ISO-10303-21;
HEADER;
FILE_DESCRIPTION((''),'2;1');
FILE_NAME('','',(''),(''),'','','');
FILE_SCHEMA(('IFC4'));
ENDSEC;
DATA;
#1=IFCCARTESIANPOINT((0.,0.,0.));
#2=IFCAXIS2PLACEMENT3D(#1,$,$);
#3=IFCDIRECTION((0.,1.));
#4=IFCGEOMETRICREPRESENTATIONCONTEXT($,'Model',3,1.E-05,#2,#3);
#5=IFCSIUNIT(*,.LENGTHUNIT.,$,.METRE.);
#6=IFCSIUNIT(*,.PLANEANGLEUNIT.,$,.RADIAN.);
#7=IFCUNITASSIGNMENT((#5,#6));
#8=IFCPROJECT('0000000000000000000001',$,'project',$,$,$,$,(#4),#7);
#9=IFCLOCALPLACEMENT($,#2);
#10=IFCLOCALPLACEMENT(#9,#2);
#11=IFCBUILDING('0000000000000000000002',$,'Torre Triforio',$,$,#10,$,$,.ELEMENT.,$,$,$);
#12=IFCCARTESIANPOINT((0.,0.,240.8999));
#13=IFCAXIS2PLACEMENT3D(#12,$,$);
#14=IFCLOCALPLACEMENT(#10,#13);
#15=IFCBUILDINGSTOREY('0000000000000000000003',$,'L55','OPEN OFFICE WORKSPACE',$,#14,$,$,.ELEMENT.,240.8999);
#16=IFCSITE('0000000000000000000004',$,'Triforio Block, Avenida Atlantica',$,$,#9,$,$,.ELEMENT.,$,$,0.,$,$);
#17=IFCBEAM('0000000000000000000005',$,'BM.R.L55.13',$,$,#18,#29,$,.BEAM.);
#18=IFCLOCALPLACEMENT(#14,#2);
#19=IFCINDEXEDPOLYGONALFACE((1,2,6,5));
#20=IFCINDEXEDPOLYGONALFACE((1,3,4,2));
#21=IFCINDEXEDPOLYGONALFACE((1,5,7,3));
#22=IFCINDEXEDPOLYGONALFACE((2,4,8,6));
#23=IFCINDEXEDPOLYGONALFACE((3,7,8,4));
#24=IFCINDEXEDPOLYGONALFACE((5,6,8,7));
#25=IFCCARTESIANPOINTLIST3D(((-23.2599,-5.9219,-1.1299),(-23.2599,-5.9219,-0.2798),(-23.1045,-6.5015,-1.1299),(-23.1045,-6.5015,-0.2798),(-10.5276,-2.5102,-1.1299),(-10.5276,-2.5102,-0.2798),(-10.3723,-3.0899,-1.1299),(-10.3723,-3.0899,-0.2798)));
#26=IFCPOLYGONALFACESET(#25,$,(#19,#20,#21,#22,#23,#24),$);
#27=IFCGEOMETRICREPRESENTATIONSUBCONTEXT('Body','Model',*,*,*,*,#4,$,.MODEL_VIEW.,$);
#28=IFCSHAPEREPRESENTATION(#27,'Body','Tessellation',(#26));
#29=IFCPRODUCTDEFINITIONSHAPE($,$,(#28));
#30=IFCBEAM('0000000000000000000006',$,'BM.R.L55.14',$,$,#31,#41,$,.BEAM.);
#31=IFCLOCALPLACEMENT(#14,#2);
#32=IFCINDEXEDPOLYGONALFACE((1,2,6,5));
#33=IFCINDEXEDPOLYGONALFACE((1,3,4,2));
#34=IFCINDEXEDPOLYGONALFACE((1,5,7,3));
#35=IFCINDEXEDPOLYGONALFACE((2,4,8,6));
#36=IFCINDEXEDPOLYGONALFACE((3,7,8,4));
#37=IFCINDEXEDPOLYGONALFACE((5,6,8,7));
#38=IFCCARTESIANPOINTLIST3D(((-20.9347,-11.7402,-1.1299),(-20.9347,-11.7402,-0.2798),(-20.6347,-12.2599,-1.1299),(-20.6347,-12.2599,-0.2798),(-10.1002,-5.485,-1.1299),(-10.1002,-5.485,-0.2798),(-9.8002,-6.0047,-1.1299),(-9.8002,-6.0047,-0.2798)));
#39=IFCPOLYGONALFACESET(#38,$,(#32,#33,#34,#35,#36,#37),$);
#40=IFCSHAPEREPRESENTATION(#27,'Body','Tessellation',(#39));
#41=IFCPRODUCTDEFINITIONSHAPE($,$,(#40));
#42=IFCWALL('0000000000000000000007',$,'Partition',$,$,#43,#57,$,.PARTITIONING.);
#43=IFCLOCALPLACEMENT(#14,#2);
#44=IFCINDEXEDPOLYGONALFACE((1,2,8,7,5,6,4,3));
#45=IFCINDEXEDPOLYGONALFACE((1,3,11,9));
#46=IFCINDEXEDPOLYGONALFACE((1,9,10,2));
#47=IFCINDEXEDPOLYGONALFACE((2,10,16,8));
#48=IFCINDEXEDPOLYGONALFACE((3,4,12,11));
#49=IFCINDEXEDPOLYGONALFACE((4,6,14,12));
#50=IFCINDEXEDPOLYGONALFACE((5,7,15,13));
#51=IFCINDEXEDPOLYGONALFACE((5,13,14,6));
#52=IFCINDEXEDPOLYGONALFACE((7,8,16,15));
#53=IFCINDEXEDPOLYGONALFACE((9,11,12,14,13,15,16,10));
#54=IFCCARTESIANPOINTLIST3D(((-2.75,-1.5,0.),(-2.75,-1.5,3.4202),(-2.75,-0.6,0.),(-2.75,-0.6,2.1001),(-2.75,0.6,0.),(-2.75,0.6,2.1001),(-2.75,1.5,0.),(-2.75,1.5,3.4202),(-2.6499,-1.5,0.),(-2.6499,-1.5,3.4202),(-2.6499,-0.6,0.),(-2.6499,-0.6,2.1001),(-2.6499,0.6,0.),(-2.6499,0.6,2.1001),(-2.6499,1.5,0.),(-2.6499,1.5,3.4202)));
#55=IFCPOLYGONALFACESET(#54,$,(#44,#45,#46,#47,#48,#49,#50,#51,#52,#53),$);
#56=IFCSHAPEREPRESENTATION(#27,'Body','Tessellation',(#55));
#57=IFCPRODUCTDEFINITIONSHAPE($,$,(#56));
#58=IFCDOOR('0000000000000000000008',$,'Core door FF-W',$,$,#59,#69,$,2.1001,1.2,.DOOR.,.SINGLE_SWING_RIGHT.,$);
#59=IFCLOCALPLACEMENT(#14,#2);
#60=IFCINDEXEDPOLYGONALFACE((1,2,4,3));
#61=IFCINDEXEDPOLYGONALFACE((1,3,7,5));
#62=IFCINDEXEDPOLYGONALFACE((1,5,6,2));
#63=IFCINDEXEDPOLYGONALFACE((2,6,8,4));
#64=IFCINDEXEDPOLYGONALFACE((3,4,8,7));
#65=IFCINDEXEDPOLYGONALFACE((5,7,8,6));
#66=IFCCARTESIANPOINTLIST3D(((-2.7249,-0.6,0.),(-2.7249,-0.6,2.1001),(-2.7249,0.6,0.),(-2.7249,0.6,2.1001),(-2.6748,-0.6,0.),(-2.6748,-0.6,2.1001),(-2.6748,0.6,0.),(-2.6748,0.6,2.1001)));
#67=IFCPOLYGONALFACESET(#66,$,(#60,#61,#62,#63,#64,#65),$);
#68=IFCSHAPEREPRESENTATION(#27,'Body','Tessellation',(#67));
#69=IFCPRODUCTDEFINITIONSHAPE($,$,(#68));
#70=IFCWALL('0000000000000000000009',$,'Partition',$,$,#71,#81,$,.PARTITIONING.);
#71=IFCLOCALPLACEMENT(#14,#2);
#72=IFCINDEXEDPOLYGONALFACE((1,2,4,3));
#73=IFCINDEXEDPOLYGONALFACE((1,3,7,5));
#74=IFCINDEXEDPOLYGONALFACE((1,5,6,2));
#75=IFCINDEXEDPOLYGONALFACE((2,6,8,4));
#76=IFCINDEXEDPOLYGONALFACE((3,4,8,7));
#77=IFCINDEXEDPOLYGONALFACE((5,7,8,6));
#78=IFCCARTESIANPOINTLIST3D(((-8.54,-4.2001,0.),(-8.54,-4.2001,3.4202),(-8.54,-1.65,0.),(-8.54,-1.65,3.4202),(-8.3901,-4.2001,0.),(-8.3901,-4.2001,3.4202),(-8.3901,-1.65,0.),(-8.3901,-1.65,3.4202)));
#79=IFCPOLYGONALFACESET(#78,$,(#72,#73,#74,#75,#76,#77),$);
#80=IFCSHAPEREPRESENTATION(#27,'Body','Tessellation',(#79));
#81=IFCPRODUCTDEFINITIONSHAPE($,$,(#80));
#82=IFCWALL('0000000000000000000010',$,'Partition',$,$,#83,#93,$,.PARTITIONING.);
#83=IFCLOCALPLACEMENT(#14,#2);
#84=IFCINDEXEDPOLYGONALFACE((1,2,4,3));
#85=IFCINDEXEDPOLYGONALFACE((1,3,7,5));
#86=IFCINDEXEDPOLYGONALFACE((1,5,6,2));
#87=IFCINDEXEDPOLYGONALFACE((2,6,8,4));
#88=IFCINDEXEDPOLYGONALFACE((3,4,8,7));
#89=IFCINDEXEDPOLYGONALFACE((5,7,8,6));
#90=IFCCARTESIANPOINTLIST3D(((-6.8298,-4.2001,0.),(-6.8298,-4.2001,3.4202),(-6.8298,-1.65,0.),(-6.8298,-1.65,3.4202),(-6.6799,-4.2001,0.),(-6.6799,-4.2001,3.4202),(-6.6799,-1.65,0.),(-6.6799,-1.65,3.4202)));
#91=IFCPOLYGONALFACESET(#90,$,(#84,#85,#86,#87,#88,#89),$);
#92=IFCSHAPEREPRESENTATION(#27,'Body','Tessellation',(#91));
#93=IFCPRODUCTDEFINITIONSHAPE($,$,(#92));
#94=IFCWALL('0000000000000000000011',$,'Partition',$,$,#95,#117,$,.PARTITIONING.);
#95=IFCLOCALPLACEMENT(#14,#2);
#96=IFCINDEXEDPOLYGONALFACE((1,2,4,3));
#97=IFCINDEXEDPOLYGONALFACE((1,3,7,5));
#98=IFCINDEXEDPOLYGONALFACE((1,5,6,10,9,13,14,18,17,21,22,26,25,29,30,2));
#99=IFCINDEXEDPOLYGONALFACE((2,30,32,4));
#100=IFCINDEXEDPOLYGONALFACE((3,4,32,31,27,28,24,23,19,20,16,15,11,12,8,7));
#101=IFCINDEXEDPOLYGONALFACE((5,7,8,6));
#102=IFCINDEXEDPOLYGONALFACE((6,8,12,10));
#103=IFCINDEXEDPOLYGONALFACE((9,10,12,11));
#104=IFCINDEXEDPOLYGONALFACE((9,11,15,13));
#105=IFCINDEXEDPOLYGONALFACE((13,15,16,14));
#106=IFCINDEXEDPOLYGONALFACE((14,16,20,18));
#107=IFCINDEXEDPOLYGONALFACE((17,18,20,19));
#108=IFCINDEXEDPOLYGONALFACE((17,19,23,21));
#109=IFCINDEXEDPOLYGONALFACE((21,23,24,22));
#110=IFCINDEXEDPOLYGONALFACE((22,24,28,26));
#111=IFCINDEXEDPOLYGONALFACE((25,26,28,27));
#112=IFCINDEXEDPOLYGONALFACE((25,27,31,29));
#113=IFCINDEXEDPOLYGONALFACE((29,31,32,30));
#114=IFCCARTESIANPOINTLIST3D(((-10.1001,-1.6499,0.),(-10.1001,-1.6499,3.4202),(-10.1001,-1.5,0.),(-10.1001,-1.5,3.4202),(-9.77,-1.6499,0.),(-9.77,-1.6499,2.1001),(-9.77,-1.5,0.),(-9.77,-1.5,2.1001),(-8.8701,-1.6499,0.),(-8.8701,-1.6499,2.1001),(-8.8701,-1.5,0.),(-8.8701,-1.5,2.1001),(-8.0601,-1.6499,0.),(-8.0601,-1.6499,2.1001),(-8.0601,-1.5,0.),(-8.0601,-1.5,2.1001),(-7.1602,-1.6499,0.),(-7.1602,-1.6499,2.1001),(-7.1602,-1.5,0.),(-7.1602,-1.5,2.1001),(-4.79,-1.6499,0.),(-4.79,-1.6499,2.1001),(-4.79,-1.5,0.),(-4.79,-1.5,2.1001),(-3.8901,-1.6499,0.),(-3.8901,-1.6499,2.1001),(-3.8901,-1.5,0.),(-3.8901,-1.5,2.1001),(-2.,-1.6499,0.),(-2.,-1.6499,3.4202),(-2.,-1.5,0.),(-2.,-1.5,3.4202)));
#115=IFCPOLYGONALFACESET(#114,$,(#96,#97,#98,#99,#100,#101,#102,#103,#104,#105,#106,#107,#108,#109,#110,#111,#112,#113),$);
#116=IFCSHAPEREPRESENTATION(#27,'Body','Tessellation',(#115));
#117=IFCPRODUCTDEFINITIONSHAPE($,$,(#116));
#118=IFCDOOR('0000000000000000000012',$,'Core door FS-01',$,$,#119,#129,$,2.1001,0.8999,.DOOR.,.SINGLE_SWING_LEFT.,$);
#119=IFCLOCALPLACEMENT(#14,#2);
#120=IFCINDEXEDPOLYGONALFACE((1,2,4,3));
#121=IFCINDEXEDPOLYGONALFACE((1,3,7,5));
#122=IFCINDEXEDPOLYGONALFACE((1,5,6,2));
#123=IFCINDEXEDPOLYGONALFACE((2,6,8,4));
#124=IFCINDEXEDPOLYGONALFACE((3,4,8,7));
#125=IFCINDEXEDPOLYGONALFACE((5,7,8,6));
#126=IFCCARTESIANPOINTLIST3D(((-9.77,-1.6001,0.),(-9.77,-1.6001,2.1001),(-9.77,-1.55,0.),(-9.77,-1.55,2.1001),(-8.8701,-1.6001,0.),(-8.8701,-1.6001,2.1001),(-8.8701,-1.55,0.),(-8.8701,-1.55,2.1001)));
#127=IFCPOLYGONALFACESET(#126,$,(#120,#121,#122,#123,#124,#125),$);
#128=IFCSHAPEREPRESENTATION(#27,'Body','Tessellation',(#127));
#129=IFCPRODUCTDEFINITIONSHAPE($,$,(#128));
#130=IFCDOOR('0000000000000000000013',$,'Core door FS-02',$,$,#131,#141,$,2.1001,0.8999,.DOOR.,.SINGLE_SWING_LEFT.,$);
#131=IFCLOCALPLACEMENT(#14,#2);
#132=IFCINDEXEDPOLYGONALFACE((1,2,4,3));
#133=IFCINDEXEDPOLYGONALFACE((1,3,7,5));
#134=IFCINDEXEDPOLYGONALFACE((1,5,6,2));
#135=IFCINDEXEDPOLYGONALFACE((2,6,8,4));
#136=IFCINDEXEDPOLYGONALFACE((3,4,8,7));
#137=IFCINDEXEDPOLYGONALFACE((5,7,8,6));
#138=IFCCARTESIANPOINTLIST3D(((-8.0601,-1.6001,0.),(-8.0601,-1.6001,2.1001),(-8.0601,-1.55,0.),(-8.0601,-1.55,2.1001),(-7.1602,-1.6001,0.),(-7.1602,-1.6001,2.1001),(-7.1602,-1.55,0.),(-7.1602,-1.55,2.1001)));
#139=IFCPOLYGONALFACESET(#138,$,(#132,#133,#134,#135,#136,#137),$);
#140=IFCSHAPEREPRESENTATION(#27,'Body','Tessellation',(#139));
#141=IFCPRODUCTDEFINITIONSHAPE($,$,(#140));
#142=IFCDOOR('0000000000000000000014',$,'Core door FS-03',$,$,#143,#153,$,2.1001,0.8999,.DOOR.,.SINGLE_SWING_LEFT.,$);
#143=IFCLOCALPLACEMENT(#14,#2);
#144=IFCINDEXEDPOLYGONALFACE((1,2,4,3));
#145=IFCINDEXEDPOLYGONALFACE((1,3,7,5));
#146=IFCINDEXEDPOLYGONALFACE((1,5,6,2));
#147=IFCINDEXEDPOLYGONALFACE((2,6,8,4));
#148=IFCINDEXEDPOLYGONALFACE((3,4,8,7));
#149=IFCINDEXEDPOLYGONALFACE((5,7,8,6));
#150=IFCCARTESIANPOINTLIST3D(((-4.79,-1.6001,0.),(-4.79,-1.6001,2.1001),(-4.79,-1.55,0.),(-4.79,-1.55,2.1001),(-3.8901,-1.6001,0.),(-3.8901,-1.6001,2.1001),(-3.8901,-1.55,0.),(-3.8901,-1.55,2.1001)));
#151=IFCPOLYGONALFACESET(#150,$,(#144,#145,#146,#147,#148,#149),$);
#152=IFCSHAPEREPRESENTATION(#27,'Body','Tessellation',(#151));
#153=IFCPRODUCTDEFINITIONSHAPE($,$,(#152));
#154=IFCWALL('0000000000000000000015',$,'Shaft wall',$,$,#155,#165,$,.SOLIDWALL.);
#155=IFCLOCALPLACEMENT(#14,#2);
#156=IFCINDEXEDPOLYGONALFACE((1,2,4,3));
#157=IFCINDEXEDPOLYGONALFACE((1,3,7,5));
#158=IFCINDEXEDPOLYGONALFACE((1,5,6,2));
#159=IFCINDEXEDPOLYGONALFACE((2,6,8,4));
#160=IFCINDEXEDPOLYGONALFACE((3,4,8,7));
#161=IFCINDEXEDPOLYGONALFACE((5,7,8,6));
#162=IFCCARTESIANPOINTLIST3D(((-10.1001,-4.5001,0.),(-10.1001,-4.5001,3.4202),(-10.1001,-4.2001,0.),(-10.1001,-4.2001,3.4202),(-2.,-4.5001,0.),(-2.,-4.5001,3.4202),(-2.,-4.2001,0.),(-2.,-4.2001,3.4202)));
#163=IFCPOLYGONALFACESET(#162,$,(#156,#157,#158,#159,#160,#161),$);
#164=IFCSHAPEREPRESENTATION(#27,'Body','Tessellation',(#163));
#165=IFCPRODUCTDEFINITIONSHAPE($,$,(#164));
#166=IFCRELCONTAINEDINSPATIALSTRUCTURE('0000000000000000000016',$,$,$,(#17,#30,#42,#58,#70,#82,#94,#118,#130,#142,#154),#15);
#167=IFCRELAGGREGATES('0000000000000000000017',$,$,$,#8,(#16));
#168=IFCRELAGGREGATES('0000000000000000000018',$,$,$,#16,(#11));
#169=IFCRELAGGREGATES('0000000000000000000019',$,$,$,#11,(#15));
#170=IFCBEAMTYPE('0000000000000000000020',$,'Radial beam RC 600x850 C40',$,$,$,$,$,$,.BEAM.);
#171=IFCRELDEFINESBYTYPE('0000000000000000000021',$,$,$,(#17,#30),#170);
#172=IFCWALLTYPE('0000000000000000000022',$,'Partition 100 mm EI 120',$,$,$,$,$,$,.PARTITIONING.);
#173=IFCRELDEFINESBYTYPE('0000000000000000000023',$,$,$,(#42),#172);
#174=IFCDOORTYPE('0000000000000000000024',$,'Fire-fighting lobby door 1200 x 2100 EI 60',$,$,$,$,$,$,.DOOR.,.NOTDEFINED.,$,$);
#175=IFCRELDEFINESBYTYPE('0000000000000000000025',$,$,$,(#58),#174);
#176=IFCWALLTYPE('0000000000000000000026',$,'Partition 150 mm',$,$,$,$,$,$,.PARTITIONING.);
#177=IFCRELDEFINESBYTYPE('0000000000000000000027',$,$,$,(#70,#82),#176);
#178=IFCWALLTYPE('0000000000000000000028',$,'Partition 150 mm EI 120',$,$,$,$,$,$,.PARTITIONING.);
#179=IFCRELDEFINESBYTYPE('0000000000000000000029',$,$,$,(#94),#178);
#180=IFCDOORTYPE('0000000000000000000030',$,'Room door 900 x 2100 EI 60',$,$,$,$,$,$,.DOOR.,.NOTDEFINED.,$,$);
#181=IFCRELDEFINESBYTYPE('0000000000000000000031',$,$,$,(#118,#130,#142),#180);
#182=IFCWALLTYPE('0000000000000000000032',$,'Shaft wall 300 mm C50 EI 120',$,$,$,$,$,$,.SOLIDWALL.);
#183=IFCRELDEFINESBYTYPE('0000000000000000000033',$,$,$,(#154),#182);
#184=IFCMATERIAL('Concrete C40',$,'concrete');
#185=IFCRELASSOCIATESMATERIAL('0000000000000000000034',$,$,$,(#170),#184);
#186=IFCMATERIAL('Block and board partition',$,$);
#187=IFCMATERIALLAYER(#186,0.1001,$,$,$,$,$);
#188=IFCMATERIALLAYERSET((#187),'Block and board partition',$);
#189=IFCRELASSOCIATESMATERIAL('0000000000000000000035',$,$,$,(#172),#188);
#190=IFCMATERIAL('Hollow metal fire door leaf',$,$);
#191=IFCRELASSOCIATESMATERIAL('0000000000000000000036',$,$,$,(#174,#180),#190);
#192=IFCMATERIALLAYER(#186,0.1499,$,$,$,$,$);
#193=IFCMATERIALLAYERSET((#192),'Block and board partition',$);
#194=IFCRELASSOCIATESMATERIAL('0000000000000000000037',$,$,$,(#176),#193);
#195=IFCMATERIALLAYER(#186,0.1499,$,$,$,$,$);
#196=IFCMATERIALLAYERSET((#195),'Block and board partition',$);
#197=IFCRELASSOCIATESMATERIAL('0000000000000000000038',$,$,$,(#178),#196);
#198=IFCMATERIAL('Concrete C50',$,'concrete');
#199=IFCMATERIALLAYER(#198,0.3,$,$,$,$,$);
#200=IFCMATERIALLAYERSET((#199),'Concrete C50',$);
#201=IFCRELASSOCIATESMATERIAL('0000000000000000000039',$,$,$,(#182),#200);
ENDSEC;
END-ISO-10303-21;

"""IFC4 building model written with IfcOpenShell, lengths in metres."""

from ifc_helpers import new_model, si_unit, direction, frame, frame_2d, origin, origin_2d, place, context, subcontext, project, spatial, rectangle, extrude, material, layer, layer_set, material_profile, profile_set, type_object, element, fill, save


model = new_model("IFC4")

# Units and contexts
model_context = context("Model", 3, precision=1e-05, world=origin(), true_north=direction((0.0, 1.0)))
body_context = subcontext(model_context, "Body", "Model", "MODEL_VIEW")
ifc_project = project(units=[si_unit("LENGTHUNIT", "METRE"), si_unit("PLANEANGLEUNIT", "RADIAN")], contexts=[model_context])

# Site, building, storey
site_placement = place(None, origin())
site = spatial("IfcSite", under=ifc_project, at=site_placement, Name="Triforio Block, Avenida Atlantica", CompositionType="ELEMENT", RefElevation=0.0)
building_placement = place(site_placement, origin())
building = spatial("IfcBuilding", under=site, at=building_placement, Name="Torre Triforio", CompositionType="ELEMENT")
storey_placement = place(building_placement, frame((0.0, 0.0, 240.8999)))
storey = spatial("IfcBuildingStorey", under=building, at=storey_placement, Name="L55", Description="OPEN OFFICE WORKSPACE", CompositionType="ELEMENT", Elevation=240.8999)

# Beams
ifc_material_1 = material(Name="Concrete C40", Category="concrete")
ifc_material_profile = material_profile(ifc_material_1, rectangle(XDim=0.6001, YDim=0.8501, at=origin_2d()), Name="RC 600x850")
ifc_profile_set = profile_set([ifc_material_profile], Name="Concrete C40")
beam_type = type_object("IfcBeamType", Name="Radial beam RC 600x850 C40", PredefinedType="BEAM", material=ifc_profile_set)
beam_1_placement = place(storey_placement, frame((-10.45, -2.8, -0.7048), z_axis=(-0.965925, -0.258822, 0.0), x_axis=(0.258822, -0.965925, 0.0)))
element("IfcBeam", 1, at=beam_1_placement, inside=storey, type_object=beam_type, Name="BM.R.L55.13", PredefinedType="BEAM", context=body_context, shape_type="SweptSolid", body=[
    extrude(rectangle(XDim=0.6001, YDim=0.8501, at=origin_2d()), origin(), (0.0, 0.0, 1.0), 13.1814),
])
beam_2_placement = place(storey_placement, frame((-9.9502, -5.7449, -0.7048), z_axis=(-0.866031, -0.49999, 0.0), x_axis=(0.49999, -0.866031, 0.0)))
element("IfcBeam", 2, at=beam_2_placement, inside=storey, type_object=beam_type, Name="BM.R.L55.14", PredefinedType="BEAM", context=body_context, shape_type="SweptSolid", body=[
    extrude(rectangle(XDim=0.6001, YDim=0.8501, at=origin_2d()), origin(), (0.0, 0.0, 1.0), 12.5105),
])

# Wall, opening, door
ifc_material_2 = material(Name="Block and board partition")
ifc_layer_1 = layer(ifc_material_2, 0.1001)
ifc_layer_set_1 = layer_set([ifc_layer_1], Name="Block and board partition")
wall_type_1 = type_object("IfcWallType", Name="Partition 100 mm EI 120", PredefinedType="PARTITIONING", material=ifc_layer_set_1)
wall_1_placement = place(storey_placement, frame((-2.7, -1.5, 0.0), z_axis=(0.0, 0.0, 1.0), x_axis=(0.0, 1.0, 0.0)))
wall_1 = element("IfcWall", 3, at=wall_1_placement, inside=storey, type_object=wall_type_1, Name="Partition", PredefinedType="PARTITIONING", context=body_context, shape_type="SweptSolid", body=[
    extrude(rectangle(XDim=3.0, YDim=0.1001, at=frame_2d((1.5, 0.0))), origin(), (0.0, 0.0, 1.0), 3.4202),
])
opening_1_placement = place(wall_1_placement, frame((0.8999, 0.0, 0.0)))
opening_1 = element("IfcOpeningElement", 4, at=opening_1_placement, cuts=wall_1, PredefinedType="OPENING", context=body_context, shape_type="SweptSolid", body=[
    extrude(rectangle(XDim=1.2, YDim=2.1001, at=frame_2d((0.6001, 1.05))), frame((0.0, 0.0601, 0.0), z_axis=(0.0, -1.0, 0.0), x_axis=(1.0, 0.0, 0.0)), (0.0, 0.0, 1.0), 0.1201),
])
ifc_material_3 = material(Name="Hollow metal fire door leaf")
door_type_1 = type_object("IfcDoorType", Name="Fire-fighting lobby door 1200 x 2100 EI 60", OperationType="NOTDEFINED", PredefinedType="DOOR", material=ifc_material_3)
door_1_placement = place(opening_1_placement, origin())
door_1 = element("IfcDoor", 5, at=door_1_placement, inside=storey, type_object=door_type_1, Name="Core door FF-W", OperationType="SINGLE_SWING_RIGHT", OverallHeight=2.1001, OverallWidth=1.2, PredefinedType="DOOR", context=body_context, shape_type="SweptSolid", body=[
    extrude(rectangle(XDim=1.2, YDim=2.1001, at=frame_2d((0.6001, 1.05))), frame((0.0, 0.0249, 0.0), z_axis=(0.0, -1.0, 0.0), x_axis=(1.0, 0.0, 0.0)), (0.0, 0.0, 1.0), 0.05),
])
fill(opening_1, door_1)

# Walls
ifc_layer_2 = layer(ifc_material_2, 0.1499)
ifc_layer_set_2 = layer_set([ifc_layer_2], Name="Block and board partition")
wall_type_2 = type_object("IfcWallType", Name="Partition 150 mm", PredefinedType="PARTITIONING", material=ifc_layer_set_2)
for number, where, z_axis, x_axis, name in (
    (6, (-8.4651, -4.2, 0.0), (0.0, 0.0, 1.0), (0.0, 1.0, 0.0), "Partition"),
    (7, (-6.7549, -4.2, 0.0), (0.0, 0.0, 1.0), (0.0, 1.0, 0.0), "Partition"),
):
    element("IfcWall", number, at=place(storey_placement, frame(where, z_axis=z_axis, x_axis=x_axis)), inside=storey, type_object=wall_type_2, Name=name, PredefinedType="PARTITIONING", context=body_context, shape_type="SweptSolid", body=[
        extrude(rectangle(XDim=2.55, YDim=0.1499, at=frame_2d((1.2749, 0.0))), origin(), (0.0, 0.0, 1.0), 3.4202),
    ])

# Wall, openings, doors
ifc_layer_3 = layer(ifc_material_2, 0.1499)
ifc_layer_set_3 = layer_set([ifc_layer_3], Name="Block and board partition")
wall_type_3 = type_object("IfcWallType", Name="Partition 150 mm EI 120", PredefinedType="PARTITIONING", material=ifc_layer_set_3)
wall_2_placement = place(storey_placement, frame((-10.1001, -1.575, 0.0), z_axis=(0.0, 0.0, 1.0), x_axis=(1.0, 0.0, 0.0)))
wall_2 = element("IfcWall", 8, at=wall_2_placement, inside=storey, type_object=wall_type_3, Name="Partition", PredefinedType="PARTITIONING", context=body_context, shape_type="SweptSolid", body=[
    extrude(rectangle(XDim=8.1001, YDim=0.1499, at=frame_2d((4.05, 0.0))), origin(), (0.0, 0.0, 1.0), 3.4202),
])
opening_2_placement = place(wall_2_placement, frame((0.3301, 0.0, 0.0)))
opening_2 = element("IfcOpeningElement", 9, at=opening_2_placement, cuts=wall_2, PredefinedType="OPENING", context=body_context, shape_type="SweptSolid", body=[
    extrude(rectangle(XDim=0.8999, YDim=2.1001, at=frame_2d((0.45, 1.05))), frame((0.0, 0.085, 0.0), z_axis=(0.0, -1.0, 0.0), x_axis=(1.0, 0.0, 0.0)), (0.0, 0.0, 1.0), 0.1699),
])
opening_3_placement = place(wall_2_placement, frame((2.04, 0.0, 0.0)))
opening_3 = element("IfcOpeningElement", 10, at=opening_3_placement, cuts=wall_2, PredefinedType="OPENING", context=body_context, shape_type="SweptSolid", body=[
    extrude(rectangle(XDim=0.8999, YDim=2.1001, at=frame_2d((0.45, 1.05))), frame((0.0, 0.085, 0.0), z_axis=(0.0, -1.0, 0.0), x_axis=(1.0, 0.0, 0.0)), (0.0, 0.0, 1.0), 0.1699),
])
opening_4_placement = place(wall_2_placement, frame((5.3101, 0.0, 0.0)))
opening_4 = element("IfcOpeningElement", 11, at=opening_4_placement, cuts=wall_2, PredefinedType="OPENING", context=body_context, shape_type="SweptSolid", body=[
    extrude(rectangle(XDim=0.8999, YDim=2.1001, at=frame_2d((0.45, 1.05))), frame((0.0, 0.085, 0.0), z_axis=(0.0, -1.0, 0.0), x_axis=(1.0, 0.0, 0.0)), (0.0, 0.0, 1.0), 0.1699),
])
door_type_2 = type_object("IfcDoorType", Name="Room door 900 x 2100 EI 60", OperationType="NOTDEFINED", PredefinedType="DOOR", material=ifc_material_3)
door_2_placement = place(opening_2_placement, origin())
door_2 = element("IfcDoor", 12, at=door_2_placement, inside=storey, type_object=door_type_2, Name="Core door FS-01", OperationType="SINGLE_SWING_LEFT", OverallHeight=2.1001, OverallWidth=0.8999, PredefinedType="DOOR", context=body_context, shape_type="SweptSolid", body=[
    extrude(rectangle(XDim=0.8999, YDim=2.1001, at=frame_2d((0.45, 1.05))), frame((0.0, 0.0249, 0.0), z_axis=(0.0, -1.0, 0.0), x_axis=(1.0, 0.0, 0.0)), (0.0, 0.0, 1.0), 0.05),
])
fill(opening_2, door_2)
door_3_placement = place(opening_3_placement, origin())
door_3 = element("IfcDoor", 13, at=door_3_placement, inside=storey, type_object=door_type_2, Name="Core door FS-02", OperationType="SINGLE_SWING_LEFT", OverallHeight=2.1001, OverallWidth=0.8999, PredefinedType="DOOR", context=body_context, shape_type="SweptSolid", body=[
    extrude(rectangle(XDim=0.8999, YDim=2.1001, at=frame_2d((0.45, 1.05))), frame((0.0, 0.0249, 0.0), z_axis=(0.0, -1.0, 0.0), x_axis=(1.0, 0.0, 0.0)), (0.0, 0.0, 1.0), 0.05),
])
fill(opening_3, door_3)
door_4_placement = place(opening_4_placement, origin())
door_4 = element("IfcDoor", 14, at=door_4_placement, inside=storey, type_object=door_type_2, Name="Core door FS-03", OperationType="SINGLE_SWING_LEFT", OverallHeight=2.1001, OverallWidth=0.8999, PredefinedType="DOOR", context=body_context, shape_type="SweptSolid", body=[
    extrude(rectangle(XDim=0.8999, YDim=2.1001, at=frame_2d((0.45, 1.05))), frame((0.0, 0.0249, 0.0), z_axis=(0.0, -1.0, 0.0), x_axis=(1.0, 0.0, 0.0)), (0.0, 0.0, 1.0), 0.05),
])
fill(opening_4, door_4)

# Wall
ifc_material_4 = material(Name="Concrete C50", Category="concrete")
ifc_layer_4 = layer(ifc_material_4, 0.3)
ifc_layer_set_4 = layer_set([ifc_layer_4], Name="Concrete C50")
wall_type_4 = type_object("IfcWallType", Name="Shaft wall 300 mm C50 EI 120", PredefinedType="SOLIDWALL", material=ifc_layer_set_4)
wall_3_placement = place(storey_placement, frame((-10.1001, -4.3501, 0.0), z_axis=(0.0, 0.0, 1.0), x_axis=(1.0, 0.0, 0.0)))
element("IfcWall", 15, at=wall_3_placement, inside=storey, type_object=wall_type_4, Name="Shaft wall", PredefinedType="SOLIDWALL", context=body_context, shape_type="SweptSolid", body=[
    extrude(rectangle(XDim=8.1001, YDim=0.3, at=frame_2d((4.05, 0.0))), origin(), (0.0, 0.0, 1.0), 3.4202),
])

save(model, "model.ifc")
